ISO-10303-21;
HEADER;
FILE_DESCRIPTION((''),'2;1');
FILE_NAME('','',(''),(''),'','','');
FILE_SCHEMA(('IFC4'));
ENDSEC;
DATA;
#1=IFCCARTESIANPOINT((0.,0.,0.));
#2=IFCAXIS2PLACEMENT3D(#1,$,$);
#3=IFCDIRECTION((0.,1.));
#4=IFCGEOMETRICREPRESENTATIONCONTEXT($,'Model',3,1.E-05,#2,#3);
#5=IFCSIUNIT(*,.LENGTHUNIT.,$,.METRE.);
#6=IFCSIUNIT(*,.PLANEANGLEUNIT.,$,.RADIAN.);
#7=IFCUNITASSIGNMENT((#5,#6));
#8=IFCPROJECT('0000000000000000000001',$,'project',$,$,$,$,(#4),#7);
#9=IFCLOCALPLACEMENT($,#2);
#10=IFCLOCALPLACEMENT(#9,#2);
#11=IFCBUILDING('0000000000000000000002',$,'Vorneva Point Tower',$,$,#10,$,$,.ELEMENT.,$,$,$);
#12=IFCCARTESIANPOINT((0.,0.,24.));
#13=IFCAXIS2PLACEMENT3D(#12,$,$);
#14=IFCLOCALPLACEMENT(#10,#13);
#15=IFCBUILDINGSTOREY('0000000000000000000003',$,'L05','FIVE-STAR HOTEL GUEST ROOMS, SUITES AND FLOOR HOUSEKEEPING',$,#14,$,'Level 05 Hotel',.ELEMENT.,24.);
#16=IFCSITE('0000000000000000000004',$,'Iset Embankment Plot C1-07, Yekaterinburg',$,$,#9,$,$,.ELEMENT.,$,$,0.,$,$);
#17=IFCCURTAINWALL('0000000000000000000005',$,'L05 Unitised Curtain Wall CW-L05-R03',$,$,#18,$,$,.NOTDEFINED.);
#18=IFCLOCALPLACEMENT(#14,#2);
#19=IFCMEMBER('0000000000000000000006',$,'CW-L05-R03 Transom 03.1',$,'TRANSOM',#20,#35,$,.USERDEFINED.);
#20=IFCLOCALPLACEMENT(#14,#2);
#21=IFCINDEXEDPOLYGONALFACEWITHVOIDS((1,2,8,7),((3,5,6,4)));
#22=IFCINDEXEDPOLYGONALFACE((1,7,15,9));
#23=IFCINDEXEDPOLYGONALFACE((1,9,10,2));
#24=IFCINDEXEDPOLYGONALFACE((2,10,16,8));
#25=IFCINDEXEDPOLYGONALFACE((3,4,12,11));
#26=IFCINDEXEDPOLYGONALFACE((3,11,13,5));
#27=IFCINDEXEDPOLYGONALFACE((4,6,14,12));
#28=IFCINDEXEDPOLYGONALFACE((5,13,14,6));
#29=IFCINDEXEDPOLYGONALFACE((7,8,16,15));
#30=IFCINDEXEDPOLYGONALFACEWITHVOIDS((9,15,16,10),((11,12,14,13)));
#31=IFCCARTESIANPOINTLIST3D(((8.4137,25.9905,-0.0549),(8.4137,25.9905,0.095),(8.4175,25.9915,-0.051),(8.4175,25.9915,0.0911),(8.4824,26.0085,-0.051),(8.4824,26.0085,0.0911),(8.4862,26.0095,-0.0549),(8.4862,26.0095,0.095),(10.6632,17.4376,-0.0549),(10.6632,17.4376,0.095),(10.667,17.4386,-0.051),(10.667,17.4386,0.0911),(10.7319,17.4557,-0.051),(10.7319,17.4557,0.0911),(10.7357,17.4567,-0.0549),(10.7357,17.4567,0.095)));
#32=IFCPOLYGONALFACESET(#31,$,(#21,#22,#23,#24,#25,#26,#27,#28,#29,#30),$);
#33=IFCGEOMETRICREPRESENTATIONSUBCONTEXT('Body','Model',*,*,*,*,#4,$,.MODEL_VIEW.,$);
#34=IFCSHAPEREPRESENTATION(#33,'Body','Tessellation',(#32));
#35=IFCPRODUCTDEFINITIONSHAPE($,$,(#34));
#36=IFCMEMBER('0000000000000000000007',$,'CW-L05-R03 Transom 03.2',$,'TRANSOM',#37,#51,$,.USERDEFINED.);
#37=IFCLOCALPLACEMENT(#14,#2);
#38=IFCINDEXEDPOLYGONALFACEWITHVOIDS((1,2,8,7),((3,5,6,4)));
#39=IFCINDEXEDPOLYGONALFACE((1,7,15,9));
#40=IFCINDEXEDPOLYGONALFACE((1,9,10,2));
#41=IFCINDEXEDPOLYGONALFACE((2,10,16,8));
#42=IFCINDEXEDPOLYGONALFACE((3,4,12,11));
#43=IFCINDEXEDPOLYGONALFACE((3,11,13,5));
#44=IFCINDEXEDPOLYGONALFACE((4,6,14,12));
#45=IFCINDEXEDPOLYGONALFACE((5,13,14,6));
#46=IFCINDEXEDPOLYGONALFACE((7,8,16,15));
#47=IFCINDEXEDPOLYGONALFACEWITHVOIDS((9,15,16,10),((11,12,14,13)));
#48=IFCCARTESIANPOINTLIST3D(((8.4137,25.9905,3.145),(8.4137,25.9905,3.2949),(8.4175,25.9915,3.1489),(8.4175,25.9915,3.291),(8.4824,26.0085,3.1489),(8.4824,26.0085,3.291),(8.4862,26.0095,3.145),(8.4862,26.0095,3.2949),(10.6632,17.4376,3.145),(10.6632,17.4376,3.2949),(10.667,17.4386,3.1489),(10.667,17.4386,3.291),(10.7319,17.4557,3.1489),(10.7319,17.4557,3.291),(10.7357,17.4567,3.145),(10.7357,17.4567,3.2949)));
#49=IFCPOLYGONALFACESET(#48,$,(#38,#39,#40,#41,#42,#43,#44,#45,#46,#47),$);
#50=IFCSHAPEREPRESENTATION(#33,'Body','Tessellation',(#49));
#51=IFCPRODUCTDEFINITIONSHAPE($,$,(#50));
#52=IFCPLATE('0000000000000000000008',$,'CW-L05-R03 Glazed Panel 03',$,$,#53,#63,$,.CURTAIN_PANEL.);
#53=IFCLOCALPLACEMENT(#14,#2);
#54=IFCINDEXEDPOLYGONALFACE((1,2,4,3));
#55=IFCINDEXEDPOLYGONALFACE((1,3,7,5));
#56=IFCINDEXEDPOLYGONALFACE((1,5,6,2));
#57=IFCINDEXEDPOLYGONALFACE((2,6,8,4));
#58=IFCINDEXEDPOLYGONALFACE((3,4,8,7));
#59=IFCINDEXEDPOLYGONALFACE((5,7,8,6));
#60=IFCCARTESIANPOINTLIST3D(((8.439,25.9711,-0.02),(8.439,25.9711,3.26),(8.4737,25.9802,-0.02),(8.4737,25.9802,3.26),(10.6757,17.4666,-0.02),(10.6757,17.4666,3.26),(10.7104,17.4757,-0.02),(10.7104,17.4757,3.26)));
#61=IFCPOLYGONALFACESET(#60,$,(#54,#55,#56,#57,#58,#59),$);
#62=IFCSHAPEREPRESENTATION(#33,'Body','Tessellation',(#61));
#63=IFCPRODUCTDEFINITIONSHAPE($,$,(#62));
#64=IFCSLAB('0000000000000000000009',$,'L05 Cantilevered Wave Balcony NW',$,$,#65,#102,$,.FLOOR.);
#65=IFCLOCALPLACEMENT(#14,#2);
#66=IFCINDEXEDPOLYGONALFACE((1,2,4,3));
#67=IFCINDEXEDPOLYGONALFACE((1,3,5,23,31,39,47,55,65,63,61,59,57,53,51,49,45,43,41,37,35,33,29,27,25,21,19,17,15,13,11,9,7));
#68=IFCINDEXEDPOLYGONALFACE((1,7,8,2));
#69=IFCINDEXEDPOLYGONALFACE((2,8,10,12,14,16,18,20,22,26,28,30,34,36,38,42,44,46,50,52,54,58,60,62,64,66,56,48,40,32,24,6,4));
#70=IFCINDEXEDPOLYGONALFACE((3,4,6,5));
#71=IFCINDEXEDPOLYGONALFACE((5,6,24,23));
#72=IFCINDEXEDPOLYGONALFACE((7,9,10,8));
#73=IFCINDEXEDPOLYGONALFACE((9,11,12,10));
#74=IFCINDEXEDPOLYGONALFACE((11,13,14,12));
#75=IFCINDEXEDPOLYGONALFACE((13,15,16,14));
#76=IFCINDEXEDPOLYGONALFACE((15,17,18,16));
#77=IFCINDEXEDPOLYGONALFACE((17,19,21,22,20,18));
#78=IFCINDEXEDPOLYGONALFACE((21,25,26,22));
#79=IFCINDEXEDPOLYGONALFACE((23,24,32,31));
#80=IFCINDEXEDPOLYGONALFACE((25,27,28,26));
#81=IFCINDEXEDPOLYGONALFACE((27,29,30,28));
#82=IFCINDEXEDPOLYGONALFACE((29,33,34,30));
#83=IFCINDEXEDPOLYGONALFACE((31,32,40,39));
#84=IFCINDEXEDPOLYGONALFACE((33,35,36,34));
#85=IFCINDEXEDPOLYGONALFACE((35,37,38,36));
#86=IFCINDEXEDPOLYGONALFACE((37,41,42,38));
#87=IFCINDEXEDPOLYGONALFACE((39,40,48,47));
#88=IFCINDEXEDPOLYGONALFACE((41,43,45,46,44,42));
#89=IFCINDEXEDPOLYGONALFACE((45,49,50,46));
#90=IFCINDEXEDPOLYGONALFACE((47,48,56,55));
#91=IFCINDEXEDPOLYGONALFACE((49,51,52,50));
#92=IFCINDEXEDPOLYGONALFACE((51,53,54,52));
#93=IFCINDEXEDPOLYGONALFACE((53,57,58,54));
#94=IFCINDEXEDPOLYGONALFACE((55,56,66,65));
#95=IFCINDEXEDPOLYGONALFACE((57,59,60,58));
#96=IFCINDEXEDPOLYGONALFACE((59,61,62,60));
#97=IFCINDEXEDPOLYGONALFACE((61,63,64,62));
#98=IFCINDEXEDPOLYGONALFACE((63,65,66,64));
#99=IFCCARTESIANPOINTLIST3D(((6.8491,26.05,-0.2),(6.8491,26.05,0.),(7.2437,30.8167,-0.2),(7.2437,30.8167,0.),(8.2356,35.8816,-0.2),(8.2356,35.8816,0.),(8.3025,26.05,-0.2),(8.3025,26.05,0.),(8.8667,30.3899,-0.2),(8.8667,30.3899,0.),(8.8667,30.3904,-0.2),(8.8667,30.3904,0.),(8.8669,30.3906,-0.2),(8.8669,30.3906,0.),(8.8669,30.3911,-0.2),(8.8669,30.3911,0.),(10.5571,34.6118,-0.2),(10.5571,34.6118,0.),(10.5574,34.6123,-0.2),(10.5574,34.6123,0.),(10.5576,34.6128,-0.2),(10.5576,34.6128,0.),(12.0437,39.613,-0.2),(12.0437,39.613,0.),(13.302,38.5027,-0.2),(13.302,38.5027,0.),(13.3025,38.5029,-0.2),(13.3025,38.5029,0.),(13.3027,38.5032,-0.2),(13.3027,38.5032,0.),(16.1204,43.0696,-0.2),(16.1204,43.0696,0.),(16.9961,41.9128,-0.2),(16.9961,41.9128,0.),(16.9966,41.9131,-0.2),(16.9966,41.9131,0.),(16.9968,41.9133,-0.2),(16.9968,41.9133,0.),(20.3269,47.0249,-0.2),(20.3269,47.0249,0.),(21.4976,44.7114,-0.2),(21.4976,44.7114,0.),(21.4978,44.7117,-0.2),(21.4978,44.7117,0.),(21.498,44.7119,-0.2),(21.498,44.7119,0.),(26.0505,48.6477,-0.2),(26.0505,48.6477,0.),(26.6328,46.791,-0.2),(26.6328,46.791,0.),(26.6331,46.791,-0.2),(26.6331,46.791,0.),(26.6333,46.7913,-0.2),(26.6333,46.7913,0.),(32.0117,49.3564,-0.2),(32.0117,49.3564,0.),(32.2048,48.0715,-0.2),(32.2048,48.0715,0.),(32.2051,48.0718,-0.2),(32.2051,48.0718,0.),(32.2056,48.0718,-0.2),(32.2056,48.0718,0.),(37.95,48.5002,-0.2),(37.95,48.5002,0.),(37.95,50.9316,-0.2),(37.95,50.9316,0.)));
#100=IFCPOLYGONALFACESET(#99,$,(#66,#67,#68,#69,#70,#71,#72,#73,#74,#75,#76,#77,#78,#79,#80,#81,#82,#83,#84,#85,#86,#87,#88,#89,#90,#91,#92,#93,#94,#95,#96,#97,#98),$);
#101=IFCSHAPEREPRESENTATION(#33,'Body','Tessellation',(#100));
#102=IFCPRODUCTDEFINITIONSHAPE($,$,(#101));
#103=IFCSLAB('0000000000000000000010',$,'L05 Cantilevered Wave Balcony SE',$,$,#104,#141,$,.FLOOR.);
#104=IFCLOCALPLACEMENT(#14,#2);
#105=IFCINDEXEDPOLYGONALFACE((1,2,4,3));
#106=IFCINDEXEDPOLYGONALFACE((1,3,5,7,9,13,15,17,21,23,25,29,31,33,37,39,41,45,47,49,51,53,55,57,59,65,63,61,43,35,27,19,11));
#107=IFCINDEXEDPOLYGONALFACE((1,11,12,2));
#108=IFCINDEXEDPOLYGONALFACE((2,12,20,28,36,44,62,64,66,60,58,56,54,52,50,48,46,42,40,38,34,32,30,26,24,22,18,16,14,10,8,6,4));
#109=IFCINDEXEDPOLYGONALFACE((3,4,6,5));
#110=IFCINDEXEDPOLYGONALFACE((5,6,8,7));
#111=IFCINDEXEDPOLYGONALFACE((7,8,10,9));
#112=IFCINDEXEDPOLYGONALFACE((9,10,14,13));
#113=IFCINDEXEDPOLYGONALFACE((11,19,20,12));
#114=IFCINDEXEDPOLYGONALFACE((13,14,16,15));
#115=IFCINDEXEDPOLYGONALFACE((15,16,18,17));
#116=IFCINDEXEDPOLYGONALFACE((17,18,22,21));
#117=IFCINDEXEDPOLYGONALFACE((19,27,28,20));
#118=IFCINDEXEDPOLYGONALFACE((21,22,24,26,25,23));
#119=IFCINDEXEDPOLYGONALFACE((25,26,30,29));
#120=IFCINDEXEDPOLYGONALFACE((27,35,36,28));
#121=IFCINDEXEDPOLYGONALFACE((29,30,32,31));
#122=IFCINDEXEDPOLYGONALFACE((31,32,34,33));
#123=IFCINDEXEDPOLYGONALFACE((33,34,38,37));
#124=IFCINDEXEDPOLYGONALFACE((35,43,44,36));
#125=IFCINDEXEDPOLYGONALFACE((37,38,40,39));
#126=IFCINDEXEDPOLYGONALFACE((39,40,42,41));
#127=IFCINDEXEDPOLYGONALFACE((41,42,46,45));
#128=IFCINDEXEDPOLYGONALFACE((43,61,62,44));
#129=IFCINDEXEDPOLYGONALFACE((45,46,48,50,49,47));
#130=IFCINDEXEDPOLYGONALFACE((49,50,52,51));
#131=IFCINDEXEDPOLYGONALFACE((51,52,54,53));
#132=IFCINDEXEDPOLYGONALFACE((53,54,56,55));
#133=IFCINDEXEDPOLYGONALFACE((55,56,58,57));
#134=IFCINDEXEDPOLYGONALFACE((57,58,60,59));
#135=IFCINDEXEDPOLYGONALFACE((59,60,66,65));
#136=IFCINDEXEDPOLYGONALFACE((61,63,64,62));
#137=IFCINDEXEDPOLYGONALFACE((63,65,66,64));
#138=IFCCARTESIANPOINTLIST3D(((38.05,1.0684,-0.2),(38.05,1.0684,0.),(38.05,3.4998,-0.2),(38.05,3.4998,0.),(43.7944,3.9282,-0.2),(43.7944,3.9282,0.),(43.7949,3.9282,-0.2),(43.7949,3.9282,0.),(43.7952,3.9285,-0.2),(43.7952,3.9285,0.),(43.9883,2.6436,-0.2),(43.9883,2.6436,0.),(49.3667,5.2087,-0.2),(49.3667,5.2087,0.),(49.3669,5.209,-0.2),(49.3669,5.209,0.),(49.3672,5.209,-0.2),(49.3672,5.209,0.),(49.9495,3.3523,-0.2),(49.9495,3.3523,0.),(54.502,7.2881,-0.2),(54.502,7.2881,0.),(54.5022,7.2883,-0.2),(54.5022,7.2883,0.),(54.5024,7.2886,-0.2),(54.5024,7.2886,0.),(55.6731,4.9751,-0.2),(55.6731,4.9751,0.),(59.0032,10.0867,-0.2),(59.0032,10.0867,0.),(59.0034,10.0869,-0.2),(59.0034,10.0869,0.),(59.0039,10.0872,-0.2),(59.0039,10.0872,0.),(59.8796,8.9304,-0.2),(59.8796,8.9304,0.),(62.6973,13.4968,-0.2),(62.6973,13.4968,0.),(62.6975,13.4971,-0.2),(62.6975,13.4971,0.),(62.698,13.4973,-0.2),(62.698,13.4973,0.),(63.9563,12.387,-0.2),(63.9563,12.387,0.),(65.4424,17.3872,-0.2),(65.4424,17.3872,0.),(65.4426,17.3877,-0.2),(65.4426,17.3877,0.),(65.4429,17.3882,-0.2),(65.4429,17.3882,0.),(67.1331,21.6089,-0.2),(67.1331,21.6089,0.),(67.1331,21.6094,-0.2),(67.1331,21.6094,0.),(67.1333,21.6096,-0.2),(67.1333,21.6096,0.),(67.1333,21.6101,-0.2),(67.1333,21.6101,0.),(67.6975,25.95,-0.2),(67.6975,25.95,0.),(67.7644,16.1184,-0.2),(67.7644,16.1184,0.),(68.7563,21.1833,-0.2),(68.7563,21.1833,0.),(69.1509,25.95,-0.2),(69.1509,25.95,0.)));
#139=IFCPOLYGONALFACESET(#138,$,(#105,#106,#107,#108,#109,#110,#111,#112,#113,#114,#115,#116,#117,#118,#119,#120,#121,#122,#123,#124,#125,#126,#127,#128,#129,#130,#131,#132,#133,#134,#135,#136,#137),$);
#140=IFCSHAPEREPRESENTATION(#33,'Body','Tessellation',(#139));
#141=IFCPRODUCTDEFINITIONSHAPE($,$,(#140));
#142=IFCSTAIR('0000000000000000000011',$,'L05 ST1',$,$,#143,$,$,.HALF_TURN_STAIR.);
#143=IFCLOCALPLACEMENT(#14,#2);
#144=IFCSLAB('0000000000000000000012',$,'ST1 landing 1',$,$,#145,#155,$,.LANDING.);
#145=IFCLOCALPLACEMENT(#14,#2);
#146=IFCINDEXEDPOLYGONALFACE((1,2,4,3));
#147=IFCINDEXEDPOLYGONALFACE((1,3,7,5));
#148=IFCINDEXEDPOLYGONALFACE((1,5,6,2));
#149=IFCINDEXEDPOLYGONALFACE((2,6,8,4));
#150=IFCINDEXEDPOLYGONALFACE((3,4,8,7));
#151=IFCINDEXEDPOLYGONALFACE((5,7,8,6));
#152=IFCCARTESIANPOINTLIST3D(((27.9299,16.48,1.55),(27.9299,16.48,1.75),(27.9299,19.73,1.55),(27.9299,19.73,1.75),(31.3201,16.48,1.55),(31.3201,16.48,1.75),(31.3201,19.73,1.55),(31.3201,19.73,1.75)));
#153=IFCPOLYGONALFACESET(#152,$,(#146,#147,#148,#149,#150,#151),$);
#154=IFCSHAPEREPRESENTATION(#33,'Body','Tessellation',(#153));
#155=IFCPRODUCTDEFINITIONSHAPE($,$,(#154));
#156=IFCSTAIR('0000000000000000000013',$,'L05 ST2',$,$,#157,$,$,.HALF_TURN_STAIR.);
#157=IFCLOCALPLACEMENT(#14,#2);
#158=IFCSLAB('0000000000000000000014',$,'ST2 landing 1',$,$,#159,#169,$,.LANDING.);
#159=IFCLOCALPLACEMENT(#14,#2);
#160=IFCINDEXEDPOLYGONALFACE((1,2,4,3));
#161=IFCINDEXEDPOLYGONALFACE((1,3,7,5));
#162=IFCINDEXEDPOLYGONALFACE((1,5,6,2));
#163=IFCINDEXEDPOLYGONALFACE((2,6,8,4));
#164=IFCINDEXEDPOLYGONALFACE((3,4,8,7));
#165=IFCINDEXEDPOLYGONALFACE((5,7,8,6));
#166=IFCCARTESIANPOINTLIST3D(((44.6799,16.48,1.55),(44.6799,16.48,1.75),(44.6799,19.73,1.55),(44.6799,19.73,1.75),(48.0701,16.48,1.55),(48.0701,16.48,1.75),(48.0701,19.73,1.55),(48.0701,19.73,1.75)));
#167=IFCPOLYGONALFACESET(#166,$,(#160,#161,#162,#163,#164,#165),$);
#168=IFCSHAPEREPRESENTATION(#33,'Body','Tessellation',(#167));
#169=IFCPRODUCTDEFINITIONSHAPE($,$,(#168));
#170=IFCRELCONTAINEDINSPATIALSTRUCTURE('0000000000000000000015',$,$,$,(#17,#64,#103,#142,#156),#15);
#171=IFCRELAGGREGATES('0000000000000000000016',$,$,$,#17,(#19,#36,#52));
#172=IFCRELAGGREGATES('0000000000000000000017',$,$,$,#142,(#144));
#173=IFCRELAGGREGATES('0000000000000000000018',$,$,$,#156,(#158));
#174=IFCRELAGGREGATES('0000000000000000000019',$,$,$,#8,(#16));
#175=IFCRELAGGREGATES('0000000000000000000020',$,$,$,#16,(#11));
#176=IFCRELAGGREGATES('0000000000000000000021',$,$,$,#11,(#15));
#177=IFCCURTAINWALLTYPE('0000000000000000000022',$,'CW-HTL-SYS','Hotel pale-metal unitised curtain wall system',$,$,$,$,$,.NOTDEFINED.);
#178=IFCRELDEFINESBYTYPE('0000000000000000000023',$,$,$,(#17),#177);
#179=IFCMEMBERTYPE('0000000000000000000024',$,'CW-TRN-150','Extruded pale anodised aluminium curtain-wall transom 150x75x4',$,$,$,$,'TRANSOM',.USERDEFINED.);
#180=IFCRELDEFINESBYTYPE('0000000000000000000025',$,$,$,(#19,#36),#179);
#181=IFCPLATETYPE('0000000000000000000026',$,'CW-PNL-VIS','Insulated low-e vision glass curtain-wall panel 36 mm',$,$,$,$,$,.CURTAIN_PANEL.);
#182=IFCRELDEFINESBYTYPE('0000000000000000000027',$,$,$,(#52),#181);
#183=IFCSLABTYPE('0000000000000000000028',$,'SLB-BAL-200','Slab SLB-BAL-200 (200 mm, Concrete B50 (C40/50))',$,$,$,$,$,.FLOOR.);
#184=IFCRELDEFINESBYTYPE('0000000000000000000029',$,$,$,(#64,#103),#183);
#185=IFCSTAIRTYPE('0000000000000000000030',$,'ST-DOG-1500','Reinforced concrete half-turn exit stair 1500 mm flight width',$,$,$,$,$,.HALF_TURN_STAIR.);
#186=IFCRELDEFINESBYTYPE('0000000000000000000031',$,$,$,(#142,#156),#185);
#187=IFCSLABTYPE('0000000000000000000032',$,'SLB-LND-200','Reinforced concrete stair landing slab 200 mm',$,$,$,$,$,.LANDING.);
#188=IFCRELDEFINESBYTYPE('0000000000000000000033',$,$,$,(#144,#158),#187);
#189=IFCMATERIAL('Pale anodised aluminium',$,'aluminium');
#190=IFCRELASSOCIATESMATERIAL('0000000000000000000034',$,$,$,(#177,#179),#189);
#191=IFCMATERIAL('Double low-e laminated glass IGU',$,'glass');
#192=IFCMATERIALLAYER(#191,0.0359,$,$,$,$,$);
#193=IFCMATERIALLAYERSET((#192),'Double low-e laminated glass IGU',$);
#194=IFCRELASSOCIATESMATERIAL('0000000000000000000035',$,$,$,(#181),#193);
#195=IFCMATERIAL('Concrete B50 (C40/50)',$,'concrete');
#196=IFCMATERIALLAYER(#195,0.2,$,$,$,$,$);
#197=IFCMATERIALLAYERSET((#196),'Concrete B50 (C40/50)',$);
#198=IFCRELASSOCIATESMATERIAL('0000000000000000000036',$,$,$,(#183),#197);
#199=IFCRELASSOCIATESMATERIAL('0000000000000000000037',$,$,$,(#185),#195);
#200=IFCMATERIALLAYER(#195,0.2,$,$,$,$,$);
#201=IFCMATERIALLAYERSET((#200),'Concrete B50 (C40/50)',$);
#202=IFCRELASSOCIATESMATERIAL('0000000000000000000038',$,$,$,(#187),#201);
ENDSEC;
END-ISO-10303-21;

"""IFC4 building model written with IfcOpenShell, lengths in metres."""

from ifc_helpers import new_model, si_unit, direction, frame, origin, origin_2d, place, context, subcontext, project, spatial, polyline, rectangle, hollow_rectangle, outline, extrude, material, layer, layer_set, material_profile, profile_set, type_object, element, aggregate, save


model = new_model("IFC4")

# Units and contexts
model_context = context("Model", 3, precision=1e-05, world=origin(), true_north=direction((0.0, 1.0)))
body_context = subcontext(model_context, "Body", "Model", "MODEL_VIEW")
ifc_project = project(units=[si_unit("LENGTHUNIT", "METRE"), si_unit("PLANEANGLEUNIT", "RADIAN")], contexts=[model_context])

# Site, building, storey
site_placement = place(None, origin())
site = spatial("IfcSite", under=ifc_project, at=site_placement, Name="Iset Embankment Plot C1-07, Yekaterinburg", CompositionType="ELEMENT", RefElevation=0.0)
building_placement = place(site_placement, origin())
building = spatial("IfcBuilding", under=site, at=building_placement, Name="Vorneva Point Tower", CompositionType="ELEMENT")
storey_placement = place(building_placement, frame((0.0, 0.0, 24.0)))
storey = spatial("IfcBuildingStorey", under=building, at=storey_placement, Name="L05", Description="FIVE-STAR HOTEL GUEST ROOMS, SUITES AND FLOOR HOUSEKEEPING", LongName="Level 05 Hotel", CompositionType="ELEMENT", Elevation=24.0)

# Curtain wall
ifc_material_1 = material(Name="Pale anodised aluminium", Category="aluminium")
curtain_wall_type = type_object("IfcCurtainWallType", Name="CW-HTL-SYS", Description="Hotel pale-metal unitised curtain wall system", PredefinedType="NOTDEFINED", material=ifc_material_1)
curtain_wall_1_placement = place(storey_placement, origin())
curtain_wall_1 = element("IfcCurtainWall", 1, at=curtain_wall_1_placement, inside=storey, type_object=curtain_wall_type, Name="L05 Unitised Curtain Wall CW-L05-R03", PredefinedType="NOTDEFINED")

# Members
ifc_material_profile_1 = material_profile(ifc_material_1, hollow_rectangle(XDim=0.075, YDim=0.1499, WallThickness=0.0039, at=origin_2d()), Name="AL-TRN 150x75x4")
ifc_profile_set_1 = profile_set([ifc_material_profile_1], Name="Pale anodised aluminium")
member_type_1 = type_object("IfcMemberType", Name="CW-TRN-150", Description="Extruded pale anodised aluminium curtain-wall transom 150x75x4", ElementType="TRANSOM", PredefinedType="USERDEFINED", material=ifc_profile_set_1)
member_1_placement = place(storey_placement, frame((8.45, 26.0, 0.02), z_axis=(0.254359, -0.96711, 0.0), x_axis=(0.96711, 0.254359, 0.0)))
member_1 = element("IfcMember", 2, at=member_1_placement, type_object=member_type_1, Name="CW-L05-R03 Transom 03.1", ObjectType="TRANSOM", PredefinedType="USERDEFINED", context=body_context, shape_type="SweptSolid", body=[
    extrude(hollow_rectangle(XDim=0.075, YDim=0.1499, WallThickness=0.0039, at=origin_2d()), origin(), (0.0, 0.0, 1.0), 8.8438),
])
member_2_placement = place(storey_placement, frame((8.45, 26.0, 3.22), z_axis=(0.254359, -0.96711, 0.0), x_axis=(0.96711, 0.254359, 0.0)))
member_2 = element("IfcMember", 3, at=member_2_placement, type_object=member_type_1, Name="CW-L05-R03 Transom 03.2", ObjectType="TRANSOM", PredefinedType="USERDEFINED", context=body_context, shape_type="SweptSolid", body=[
    extrude(hollow_rectangle(XDim=0.075, YDim=0.1499, WallThickness=0.0039, at=origin_2d()), origin(), (0.0, 0.0, 1.0), 8.8438),
])

# Plate
ifc_material_2 = material(Name="Double low-e laminated glass IGU", Category="glass")
ifc_layer_1 = layer(ifc_material_2, 0.0359)
ifc_layer_set_1 = layer_set([ifc_layer_1], Name="Double low-e laminated glass IGU")
plate_type = type_object("IfcPlateType", Name="CW-PNL-VIS", Description="Insulated low-e vision glass curtain-wall panel 36 mm", PredefinedType="CURTAIN_PANEL", material=ifc_layer_set_1)
plate_placement = place(storey_placement, frame((9.5747, 21.7234, -0.02), z_axis=(0.0, 0.0, 1.0), x_axis=(0.254349, -0.967113, 0.0)))
plate = element("IfcPlate", 4, at=plate_placement, type_object=plate_type, Name="CW-L05-R03 Glazed Panel 03", PredefinedType="CURTAIN_PANEL", context=body_context, shape_type="SweptSolid", body=[
    extrude(rectangle(XDim=8.7937, YDim=0.0359, at=origin_2d()), origin(), (0.0, 0.0, 1.0), 3.28),
])
aggregate(curtain_wall_1, [member_1, member_2, plate])

# Slabs
ifc_material_3 = material(Name="Concrete B50 (C40/50)", Category="concrete")
ifc_layer_2 = layer(ifc_material_3, 0.2)
ifc_layer_set_2 = layer_set([ifc_layer_2], Name="Concrete B50 (C40/50)")
slab_type_1 = type_object("IfcSlabType", Name="SLB-BAL-200", Description="Slab SLB-BAL-200 (200 mm, Concrete B50 (C40/50))", PredefinedType="FLOOR", material=ifc_layer_set_2)
slab_1_placement = place(storey_placement, frame((0.0, 0.0, -0.2)))
element("IfcSlab", 5, at=slab_1_placement, inside=storey, type_object=slab_type_1, Name="L05 Cantilevered Wave Balcony NW", PredefinedType="FLOOR", context=body_context, shape_type="SweptSolid", body=[
    extrude(outline(polyline([(6.8491, 26.05), (8.3025, 26.05), (8.8667, 30.3899), (8.8667, 30.3904), (8.8669, 30.3906), (8.8669, 30.3911), (10.5571, 34.6118), (10.5574, 34.6123), (10.5576, 34.6128), (13.302, 38.5027), (13.3025, 38.5029), (13.3027, 38.5032), (16.9961, 41.9128), (16.9966, 41.9131), (16.9968, 41.9133), (21.4976, 44.7114), (21.4978, 44.7117), (21.498, 44.7119), (26.6328, 46.791), (26.6331, 46.791), (26.6333, 46.7913), (32.2048, 48.0715), (32.2051, 48.0718), (32.2056, 48.0718), (37.95, 48.5002), (37.95, 50.9316), (32.0117, 49.3564), (26.0505, 48.6477), (20.3269, 47.0249), (16.1204, 43.0696), (12.0437, 39.613), (8.2356, 35.8816), (7.2437, 30.8167), (6.8491, 26.05)])), origin(), (0.0, 0.0, 1.0), 0.2),
])
slab_2_placement = place(storey_placement, frame((0.0, 0.0, -0.2)))
element("IfcSlab", 6, at=slab_2_placement, inside=storey, type_object=slab_type_1, Name="L05 Cantilevered Wave Balcony SE", PredefinedType="FLOOR", context=body_context, shape_type="SweptSolid", body=[
    extrude(outline(polyline([(68.7563, 21.1833), (69.1509, 25.95), (67.6975, 25.95), (67.1333, 21.6101), (67.1333, 21.6096), (67.1331, 21.6094), (67.1331, 21.6089), (65.4429, 17.3882), (65.4426, 17.3877), (65.4424, 17.3872), (62.698, 13.4973), (62.6975, 13.4971), (62.6973, 13.4968), (59.0039, 10.0872), (59.0034, 10.0869), (59.0032, 10.0867), (54.5024, 7.2886), (54.5022, 7.2883), (54.502, 7.2881), (49.3672, 5.209), (49.3669, 5.209), (49.3667, 5.2087), (43.7952, 3.9285), (43.7949, 3.9282), (43.7944, 3.9282), (38.05, 3.4998), (38.05, 1.0684), (43.9883, 2.6436), (49.9495, 3.3523), (55.6731, 4.9751), (59.8796, 8.9304), (63.9563, 12.387), (67.7644, 16.1184), (68.7563, 21.1833)])), origin(), (0.0, 0.0, 1.0), 0.2),
])

# Stairs, slabs
stair_type = type_object("IfcStairType", Name="ST-DOG-1500", Description="Reinforced concrete half-turn exit stair 1500 mm flight width", PredefinedType="HALF_TURN_STAIR", material=ifc_material_3)
stair_1_placement = place(storey_placement, origin())
stair_1 = element("IfcStair", 7, at=stair_1_placement, inside=storey, type_object=stair_type, Name="L05 ST1", PredefinedType="HALF_TURN_STAIR")
ifc_layer_3 = layer(ifc_material_3, 0.2)
ifc_layer_set_3 = layer_set([ifc_layer_3], Name="Concrete B50 (C40/50)")
slab_type_2 = type_object("IfcSlabType", Name="SLB-LND-200", Description="Reinforced concrete stair landing slab 200 mm", PredefinedType="LANDING", material=ifc_layer_set_3)
slab_3_placement = place(storey_placement, frame((0.0, 0.0, 1.55)))
slab_3 = element("IfcSlab", 8, at=slab_3_placement, type_object=slab_type_2, Name="ST1 landing 1", PredefinedType="LANDING", context=body_context, shape_type="SweptSolid", body=[
    extrude(outline(polyline([(27.9299, 16.48), (31.3201, 16.48), (31.3201, 19.73), (27.9299, 19.73), (27.9299, 16.48)])), origin(), (0.0, 0.0, 1.0), 0.2),
])
aggregate(stair_1, [slab_3])
stair_2_placement = place(storey_placement, origin())
stair_2 = element("IfcStair", 9, at=stair_2_placement, inside=storey, type_object=stair_type, Name="L05 ST2", PredefinedType="HALF_TURN_STAIR")
slab_4_placement = place(storey_placement, frame((0.0, 0.0, 1.55)))
slab_4 = element("IfcSlab", 10, at=slab_4_placement, type_object=slab_type_2, Name="ST2 landing 1", PredefinedType="LANDING", context=body_context, shape_type="SweptSolid", body=[
    extrude(outline(polyline([(44.6799, 16.48), (48.0701, 16.48), (48.0701, 19.73), (44.6799, 19.73), (44.6799, 16.48)])), origin(), (0.0, 0.0, 1.0), 0.2),
])
aggregate(stair_2, [slab_4])

save(model, "model.ifc")
